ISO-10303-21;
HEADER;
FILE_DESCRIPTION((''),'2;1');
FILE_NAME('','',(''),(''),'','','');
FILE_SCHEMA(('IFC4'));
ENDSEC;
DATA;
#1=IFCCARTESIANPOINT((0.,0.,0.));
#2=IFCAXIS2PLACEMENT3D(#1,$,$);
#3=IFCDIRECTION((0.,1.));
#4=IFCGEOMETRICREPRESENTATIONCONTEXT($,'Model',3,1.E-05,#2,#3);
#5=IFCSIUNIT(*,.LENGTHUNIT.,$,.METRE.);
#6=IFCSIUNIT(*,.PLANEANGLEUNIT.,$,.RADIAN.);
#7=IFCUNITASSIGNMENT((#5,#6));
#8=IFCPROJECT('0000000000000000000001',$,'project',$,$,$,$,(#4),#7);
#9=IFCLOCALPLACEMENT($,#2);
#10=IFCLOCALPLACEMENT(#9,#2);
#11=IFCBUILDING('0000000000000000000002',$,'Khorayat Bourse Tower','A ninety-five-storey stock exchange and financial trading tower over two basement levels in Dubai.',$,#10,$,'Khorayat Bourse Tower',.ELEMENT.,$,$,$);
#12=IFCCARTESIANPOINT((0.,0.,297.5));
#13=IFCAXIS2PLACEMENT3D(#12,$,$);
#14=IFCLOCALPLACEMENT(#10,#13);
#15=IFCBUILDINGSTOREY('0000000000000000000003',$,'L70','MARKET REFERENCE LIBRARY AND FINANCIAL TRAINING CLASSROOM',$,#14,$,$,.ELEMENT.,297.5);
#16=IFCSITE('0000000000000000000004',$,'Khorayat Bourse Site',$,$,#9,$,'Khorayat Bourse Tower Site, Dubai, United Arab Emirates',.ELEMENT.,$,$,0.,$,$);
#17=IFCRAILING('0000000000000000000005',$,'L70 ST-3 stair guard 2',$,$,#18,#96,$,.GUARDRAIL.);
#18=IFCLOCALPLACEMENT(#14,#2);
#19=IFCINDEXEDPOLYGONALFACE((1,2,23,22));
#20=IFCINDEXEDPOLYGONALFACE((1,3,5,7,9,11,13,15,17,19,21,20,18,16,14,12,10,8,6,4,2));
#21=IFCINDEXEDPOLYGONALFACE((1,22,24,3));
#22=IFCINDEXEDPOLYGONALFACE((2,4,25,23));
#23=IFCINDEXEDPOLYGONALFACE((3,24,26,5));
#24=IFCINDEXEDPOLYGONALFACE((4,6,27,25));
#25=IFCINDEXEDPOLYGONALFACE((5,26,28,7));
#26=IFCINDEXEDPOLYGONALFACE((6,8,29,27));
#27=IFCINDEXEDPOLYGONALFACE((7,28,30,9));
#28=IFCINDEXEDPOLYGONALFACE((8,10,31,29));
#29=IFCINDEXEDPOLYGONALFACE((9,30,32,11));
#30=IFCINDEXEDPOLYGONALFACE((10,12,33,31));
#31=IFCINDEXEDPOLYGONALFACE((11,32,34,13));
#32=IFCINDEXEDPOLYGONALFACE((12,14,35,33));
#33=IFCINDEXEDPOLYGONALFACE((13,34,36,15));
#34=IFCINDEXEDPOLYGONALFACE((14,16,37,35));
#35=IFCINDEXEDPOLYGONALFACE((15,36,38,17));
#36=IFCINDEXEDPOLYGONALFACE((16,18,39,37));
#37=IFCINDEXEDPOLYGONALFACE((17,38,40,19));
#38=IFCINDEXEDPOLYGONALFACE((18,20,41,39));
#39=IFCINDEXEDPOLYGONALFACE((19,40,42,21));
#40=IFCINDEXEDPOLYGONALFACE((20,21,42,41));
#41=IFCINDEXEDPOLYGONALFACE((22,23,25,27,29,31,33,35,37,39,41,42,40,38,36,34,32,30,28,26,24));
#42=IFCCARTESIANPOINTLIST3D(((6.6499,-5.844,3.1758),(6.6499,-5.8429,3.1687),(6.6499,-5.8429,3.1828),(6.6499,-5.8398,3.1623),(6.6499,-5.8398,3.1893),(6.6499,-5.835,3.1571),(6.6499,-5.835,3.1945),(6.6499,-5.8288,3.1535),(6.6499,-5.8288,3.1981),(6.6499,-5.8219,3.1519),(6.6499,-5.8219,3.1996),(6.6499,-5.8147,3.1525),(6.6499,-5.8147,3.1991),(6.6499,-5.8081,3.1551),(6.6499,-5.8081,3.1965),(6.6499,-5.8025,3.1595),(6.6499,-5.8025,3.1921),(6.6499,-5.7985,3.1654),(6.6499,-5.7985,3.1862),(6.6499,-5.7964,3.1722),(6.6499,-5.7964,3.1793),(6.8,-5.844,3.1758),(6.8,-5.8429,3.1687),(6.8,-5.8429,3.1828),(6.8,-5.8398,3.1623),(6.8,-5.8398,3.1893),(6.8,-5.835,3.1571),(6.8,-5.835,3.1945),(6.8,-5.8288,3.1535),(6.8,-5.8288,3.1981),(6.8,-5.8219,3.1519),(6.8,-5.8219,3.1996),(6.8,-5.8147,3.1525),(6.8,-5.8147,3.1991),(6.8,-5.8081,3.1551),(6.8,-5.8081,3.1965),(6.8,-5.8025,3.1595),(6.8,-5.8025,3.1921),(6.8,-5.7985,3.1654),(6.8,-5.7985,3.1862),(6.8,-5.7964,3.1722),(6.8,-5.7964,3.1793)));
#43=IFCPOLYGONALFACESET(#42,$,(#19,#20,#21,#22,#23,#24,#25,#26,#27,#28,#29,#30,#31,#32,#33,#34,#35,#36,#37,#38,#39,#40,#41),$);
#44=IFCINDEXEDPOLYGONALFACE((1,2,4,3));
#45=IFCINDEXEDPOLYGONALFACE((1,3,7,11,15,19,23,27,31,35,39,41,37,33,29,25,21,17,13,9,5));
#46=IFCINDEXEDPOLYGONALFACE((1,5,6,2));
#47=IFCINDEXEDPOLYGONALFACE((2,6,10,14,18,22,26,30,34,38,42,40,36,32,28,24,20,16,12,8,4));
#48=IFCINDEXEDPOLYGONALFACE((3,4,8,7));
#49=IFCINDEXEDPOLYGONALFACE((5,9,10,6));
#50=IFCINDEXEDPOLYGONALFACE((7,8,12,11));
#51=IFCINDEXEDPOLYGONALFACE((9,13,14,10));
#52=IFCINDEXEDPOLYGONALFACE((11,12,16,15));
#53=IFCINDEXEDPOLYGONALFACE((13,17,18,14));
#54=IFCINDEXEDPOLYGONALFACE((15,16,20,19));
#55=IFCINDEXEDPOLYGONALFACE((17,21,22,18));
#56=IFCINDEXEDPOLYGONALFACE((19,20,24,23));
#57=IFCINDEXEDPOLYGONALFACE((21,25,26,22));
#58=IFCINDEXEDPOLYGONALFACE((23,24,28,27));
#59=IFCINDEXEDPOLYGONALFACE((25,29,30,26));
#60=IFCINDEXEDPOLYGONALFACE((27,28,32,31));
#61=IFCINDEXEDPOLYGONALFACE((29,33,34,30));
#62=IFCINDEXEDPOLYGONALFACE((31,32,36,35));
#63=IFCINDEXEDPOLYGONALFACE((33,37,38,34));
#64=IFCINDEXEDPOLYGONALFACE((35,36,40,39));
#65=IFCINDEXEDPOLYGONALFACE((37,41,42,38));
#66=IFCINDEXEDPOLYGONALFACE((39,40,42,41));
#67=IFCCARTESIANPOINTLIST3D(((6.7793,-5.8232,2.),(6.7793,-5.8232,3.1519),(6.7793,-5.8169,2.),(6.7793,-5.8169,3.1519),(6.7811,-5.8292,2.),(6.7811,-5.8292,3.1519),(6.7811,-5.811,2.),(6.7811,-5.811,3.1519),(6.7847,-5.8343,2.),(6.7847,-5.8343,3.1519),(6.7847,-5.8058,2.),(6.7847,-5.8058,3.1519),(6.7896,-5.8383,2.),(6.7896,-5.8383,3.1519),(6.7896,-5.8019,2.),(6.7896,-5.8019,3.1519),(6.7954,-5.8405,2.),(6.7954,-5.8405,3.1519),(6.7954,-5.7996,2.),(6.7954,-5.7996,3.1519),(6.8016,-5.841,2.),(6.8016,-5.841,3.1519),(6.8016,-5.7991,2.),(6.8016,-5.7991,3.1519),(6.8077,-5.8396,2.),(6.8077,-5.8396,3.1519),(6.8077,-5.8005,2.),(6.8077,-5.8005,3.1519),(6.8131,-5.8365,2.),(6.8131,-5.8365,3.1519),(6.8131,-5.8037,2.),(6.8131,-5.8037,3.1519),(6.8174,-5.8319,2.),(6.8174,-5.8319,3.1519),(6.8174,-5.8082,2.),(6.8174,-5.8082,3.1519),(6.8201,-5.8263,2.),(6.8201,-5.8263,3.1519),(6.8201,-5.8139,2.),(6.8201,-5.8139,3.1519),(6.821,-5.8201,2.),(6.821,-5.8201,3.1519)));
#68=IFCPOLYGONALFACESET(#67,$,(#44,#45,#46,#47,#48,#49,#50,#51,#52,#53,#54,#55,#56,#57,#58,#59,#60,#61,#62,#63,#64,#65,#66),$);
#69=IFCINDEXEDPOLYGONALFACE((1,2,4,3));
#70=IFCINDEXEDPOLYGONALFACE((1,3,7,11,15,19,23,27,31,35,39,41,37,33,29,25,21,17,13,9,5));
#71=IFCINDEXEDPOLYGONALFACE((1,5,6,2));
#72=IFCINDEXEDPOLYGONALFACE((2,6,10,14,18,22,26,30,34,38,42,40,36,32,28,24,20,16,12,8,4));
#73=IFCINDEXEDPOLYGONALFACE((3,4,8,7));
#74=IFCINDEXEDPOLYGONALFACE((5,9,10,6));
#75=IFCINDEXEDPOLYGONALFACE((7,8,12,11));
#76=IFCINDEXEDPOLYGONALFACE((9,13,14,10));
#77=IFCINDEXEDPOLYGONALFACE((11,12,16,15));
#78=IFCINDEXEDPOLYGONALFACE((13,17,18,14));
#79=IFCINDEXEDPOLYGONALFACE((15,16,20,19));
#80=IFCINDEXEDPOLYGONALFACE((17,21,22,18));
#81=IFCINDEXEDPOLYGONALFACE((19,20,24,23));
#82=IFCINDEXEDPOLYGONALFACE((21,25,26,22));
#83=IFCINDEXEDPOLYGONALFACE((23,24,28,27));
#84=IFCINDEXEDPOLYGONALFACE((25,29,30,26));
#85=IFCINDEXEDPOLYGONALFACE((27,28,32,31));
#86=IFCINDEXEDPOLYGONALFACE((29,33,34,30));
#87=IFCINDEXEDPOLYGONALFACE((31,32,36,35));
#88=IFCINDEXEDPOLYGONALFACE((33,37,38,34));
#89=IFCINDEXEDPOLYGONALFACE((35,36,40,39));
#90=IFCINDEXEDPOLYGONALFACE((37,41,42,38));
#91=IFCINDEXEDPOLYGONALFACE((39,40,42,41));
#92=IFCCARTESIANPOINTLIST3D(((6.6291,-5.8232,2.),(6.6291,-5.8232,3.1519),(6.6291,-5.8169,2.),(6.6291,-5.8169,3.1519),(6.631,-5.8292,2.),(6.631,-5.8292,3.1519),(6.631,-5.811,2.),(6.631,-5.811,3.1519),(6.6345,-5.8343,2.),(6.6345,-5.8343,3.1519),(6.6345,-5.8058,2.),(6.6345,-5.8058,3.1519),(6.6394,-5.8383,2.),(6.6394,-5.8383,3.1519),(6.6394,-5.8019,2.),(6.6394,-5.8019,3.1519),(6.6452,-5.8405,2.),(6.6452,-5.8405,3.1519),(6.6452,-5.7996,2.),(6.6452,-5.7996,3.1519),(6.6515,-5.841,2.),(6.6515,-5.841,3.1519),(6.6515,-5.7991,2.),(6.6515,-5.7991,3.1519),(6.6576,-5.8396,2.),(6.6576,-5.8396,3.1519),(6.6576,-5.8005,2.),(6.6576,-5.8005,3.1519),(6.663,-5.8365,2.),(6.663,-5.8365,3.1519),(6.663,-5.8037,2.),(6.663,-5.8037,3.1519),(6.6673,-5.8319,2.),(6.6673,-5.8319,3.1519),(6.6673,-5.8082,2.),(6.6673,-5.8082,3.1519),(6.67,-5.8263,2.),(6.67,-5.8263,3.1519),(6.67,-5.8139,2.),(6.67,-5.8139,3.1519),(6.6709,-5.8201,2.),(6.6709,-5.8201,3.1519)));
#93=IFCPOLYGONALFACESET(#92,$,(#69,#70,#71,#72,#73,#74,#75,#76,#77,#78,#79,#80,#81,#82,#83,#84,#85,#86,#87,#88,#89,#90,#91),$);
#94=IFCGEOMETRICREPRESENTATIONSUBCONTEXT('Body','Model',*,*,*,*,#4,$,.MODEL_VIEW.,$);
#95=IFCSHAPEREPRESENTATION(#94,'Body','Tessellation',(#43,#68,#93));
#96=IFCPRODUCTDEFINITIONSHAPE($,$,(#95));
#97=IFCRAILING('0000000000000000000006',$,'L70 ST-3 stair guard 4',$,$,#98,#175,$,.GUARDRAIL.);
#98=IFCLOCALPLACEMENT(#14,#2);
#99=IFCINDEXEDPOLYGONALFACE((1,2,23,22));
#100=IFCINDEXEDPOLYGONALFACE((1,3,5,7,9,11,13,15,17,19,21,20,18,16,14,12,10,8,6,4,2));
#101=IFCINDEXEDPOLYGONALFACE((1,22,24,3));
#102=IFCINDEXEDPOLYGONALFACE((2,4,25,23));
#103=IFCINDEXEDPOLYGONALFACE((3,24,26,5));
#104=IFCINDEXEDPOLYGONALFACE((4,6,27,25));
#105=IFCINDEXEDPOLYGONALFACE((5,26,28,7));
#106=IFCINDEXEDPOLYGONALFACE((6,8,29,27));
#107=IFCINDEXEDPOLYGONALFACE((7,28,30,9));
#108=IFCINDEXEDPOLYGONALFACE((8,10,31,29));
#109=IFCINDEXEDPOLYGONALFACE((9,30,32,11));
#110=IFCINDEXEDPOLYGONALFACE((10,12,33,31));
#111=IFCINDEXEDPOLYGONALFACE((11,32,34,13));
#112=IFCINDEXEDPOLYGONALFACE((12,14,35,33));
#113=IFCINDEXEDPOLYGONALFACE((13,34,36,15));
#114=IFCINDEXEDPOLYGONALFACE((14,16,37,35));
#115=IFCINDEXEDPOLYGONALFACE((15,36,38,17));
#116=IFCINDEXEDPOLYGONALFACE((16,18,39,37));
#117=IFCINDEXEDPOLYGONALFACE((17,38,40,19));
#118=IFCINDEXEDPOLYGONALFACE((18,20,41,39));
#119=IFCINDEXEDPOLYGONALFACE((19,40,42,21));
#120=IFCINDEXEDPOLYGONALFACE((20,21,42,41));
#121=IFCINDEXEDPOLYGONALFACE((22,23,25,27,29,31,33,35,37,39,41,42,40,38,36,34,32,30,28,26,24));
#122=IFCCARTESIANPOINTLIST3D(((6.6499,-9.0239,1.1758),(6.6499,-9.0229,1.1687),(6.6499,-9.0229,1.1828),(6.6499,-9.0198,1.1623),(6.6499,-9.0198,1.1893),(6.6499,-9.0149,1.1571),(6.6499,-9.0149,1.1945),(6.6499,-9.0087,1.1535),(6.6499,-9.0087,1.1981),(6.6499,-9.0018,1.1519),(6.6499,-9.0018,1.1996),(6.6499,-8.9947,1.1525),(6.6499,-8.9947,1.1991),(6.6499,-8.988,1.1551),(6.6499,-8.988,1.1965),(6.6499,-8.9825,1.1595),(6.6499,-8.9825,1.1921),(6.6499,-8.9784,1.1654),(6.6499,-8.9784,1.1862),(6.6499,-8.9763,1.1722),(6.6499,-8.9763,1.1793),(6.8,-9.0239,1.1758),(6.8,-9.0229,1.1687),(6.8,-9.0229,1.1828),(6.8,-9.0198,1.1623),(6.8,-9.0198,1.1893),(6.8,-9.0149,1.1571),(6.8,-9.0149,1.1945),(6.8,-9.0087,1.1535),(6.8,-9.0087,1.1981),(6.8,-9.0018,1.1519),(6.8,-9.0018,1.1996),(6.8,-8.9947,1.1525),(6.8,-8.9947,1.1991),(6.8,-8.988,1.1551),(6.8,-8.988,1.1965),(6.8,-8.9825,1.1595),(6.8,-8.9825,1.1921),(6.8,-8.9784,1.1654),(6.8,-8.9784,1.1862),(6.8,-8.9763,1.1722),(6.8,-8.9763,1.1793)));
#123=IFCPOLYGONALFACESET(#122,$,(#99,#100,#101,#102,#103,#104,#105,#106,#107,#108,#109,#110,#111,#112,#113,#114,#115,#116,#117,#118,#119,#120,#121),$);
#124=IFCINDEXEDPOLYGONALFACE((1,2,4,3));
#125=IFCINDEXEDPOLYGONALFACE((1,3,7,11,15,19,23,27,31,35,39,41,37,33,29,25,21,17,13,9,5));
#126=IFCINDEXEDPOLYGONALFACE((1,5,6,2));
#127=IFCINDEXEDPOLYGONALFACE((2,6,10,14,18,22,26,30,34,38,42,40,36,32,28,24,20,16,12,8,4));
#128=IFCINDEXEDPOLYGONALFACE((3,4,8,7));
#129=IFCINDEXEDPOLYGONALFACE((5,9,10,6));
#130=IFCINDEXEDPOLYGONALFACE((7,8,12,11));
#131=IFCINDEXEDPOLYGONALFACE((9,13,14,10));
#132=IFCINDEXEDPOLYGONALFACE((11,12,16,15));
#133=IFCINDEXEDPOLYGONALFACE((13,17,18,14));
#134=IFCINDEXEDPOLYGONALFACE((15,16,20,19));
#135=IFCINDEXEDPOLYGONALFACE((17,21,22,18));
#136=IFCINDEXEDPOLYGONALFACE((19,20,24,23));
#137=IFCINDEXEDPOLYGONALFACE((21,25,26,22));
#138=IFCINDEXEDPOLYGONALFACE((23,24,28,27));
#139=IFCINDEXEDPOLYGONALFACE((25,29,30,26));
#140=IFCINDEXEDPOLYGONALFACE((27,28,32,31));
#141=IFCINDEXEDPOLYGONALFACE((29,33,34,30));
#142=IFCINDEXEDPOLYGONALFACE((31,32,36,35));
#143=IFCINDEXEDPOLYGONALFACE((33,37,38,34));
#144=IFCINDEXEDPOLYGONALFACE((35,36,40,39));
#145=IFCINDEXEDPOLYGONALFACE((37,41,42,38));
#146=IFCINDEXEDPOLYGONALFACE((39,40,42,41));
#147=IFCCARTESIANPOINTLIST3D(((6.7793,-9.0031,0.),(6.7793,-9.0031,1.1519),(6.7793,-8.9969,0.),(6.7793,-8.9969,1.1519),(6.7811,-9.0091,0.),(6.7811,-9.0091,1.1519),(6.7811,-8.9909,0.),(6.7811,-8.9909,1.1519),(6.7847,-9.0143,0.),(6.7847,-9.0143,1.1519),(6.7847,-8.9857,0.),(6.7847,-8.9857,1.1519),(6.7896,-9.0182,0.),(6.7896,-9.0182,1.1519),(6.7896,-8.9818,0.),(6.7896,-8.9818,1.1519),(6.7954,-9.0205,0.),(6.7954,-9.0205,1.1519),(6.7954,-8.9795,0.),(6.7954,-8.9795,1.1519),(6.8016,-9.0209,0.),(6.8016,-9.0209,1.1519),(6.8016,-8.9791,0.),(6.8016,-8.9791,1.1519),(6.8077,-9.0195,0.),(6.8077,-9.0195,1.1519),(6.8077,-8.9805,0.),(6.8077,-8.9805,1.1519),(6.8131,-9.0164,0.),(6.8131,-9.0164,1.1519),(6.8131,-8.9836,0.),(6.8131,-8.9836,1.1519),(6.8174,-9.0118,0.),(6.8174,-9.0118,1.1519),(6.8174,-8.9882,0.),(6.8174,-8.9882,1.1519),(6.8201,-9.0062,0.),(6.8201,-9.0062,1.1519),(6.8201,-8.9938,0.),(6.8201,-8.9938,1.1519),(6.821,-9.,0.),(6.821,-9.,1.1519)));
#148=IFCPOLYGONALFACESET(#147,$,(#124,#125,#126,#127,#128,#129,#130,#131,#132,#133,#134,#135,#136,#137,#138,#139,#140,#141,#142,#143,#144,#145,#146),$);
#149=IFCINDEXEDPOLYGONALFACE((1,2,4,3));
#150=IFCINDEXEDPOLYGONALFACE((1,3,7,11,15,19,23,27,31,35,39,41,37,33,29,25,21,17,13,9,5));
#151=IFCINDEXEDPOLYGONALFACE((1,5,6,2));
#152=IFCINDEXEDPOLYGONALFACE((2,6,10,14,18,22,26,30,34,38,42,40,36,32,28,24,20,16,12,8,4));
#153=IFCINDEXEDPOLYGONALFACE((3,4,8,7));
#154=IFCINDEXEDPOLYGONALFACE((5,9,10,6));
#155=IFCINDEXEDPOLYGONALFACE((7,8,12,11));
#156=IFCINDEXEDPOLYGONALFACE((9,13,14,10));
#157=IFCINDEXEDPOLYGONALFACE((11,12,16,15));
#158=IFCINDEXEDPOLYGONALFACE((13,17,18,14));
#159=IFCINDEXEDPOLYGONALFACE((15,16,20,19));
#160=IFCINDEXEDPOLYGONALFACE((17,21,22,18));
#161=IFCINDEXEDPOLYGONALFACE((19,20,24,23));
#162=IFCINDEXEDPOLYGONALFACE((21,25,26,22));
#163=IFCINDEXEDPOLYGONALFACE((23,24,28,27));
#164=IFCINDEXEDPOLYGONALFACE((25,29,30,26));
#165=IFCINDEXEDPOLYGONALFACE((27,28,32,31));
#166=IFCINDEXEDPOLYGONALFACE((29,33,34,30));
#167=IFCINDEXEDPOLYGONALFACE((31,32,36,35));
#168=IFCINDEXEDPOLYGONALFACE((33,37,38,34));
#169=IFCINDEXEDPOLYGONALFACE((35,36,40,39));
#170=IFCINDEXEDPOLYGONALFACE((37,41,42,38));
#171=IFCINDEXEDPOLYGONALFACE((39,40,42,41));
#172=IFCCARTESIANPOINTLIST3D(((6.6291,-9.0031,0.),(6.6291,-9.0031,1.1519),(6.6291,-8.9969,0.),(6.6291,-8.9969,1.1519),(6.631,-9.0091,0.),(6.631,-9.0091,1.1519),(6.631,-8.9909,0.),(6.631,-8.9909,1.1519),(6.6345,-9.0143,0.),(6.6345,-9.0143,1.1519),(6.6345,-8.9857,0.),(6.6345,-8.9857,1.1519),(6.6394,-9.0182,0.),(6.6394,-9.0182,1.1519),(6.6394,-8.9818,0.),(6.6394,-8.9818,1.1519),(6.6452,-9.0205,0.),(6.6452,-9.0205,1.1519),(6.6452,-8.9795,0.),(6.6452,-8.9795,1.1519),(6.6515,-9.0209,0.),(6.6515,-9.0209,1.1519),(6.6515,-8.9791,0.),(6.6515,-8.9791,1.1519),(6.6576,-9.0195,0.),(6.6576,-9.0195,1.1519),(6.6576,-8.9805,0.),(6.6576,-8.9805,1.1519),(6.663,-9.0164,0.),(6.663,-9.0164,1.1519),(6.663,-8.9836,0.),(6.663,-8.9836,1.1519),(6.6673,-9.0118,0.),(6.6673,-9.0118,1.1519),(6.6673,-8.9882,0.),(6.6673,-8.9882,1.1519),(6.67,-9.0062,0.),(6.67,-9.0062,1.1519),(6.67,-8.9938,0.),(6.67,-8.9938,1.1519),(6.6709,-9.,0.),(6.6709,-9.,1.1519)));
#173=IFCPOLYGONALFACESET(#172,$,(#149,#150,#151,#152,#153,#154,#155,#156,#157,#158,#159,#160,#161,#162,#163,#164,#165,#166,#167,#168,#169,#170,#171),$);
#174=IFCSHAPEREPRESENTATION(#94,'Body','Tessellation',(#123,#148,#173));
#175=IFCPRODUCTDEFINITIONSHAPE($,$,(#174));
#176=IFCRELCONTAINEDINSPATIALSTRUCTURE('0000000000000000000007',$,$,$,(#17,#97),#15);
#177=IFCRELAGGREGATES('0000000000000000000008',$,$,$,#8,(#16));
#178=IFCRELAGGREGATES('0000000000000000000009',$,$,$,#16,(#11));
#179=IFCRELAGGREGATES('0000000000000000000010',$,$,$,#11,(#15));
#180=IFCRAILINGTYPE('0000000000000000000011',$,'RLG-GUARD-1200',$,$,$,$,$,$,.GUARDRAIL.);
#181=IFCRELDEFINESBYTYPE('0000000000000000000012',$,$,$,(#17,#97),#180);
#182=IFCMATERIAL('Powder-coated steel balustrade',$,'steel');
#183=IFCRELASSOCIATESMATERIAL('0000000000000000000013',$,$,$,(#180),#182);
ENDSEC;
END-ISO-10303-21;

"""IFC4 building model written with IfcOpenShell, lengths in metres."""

from ifc_helpers import new_model, si_unit, direction, frame, origin, origin_2d, place, context, subcontext, project, spatial, circle, extrude, source, transform, mapped, material, type_object, element, save


model = new_model("IFC4")

# Units and contexts
model_context = context("Model", 3, precision=1e-05, world=origin(), true_north=direction((0.0, 1.0)))
body_context = subcontext(model_context, "Body", "Model", "MODEL_VIEW")
ifc_project = project(units=[si_unit("LENGTHUNIT", "METRE"), si_unit("PLANEANGLEUNIT", "RADIAN")], contexts=[model_context])

# Site, building, storey
site_placement = place(None, origin())
site = spatial("IfcSite", under=ifc_project, at=site_placement, Name="Khorayat Bourse Site", LongName="Khorayat Bourse Tower Site, Dubai, United Arab Emirates", CompositionType="ELEMENT", RefElevation=0.0)
building_placement = place(site_placement, origin())
building = spatial("IfcBuilding", under=site, at=building_placement, Name="Khorayat Bourse Tower", Description="A ninety-five-storey stock exchange and financial trading tower over two basement levels in Dubai.", LongName="Khorayat Bourse Tower", CompositionType="ELEMENT")
storey_placement = place(building_placement, frame((0.0, 0.0, 297.5)))
storey = spatial("IfcBuildingStorey", under=building, at=storey_placement, Name="L70", Description="MARKET REFERENCE LIBRARY AND FINANCIAL TRAINING CLASSROOM", CompositionType="ELEMENT", Elevation=297.5)

# Railings
ifc_material_1 = material(Name="Powder-coated steel balustrade", Category="steel")
railing_type_1 = type_object("IfcRailingType", Name="RLG-GUARD-1200", PredefinedType="GUARDRAIL", material=ifc_material_1)
shared_shape_1 = source(origin(), body_context, "Body", "SweptSolid", [
    extrude(circle(Radius=0.0239, at=origin_2d()), frame((0.0, 0.0, 1.1758), z_axis=(-1.0, 0.0, 0.0), x_axis=(0.0, -1.0, 0.0)), (0.0, 0.0, 1.0), 0.1501),
    extrude(circle(Radius=0.021, at=origin_2d()), origin(), (0.0, 0.0, 1.0), 1.1519),
    extrude(circle(Radius=0.021, at=origin_2d()), frame((-0.1501, 0.0, 0.0)), (0.0, 0.0, 1.0), 1.1519),
])
for number, where, name in (
    (1, (6.8, -5.8201, 2.0), "L70 ST-3 stair guard 2"),
    (2, (6.8, -9.0, 0.0), "L70 ST-3 stair guard 4"),
):
    element("IfcRailing", number, at=place(storey_placement, frame(where)), inside=storey, type_object=railing_type_1, Name=name, PredefinedType="GUARDRAIL", context=body_context, shape_type="MappedRepresentation", body=[
        mapped(shared_shape_1, transform((0.0, 0.0, 0.0), scale=1.0)),
    ])

save(model, "model.ifc")
